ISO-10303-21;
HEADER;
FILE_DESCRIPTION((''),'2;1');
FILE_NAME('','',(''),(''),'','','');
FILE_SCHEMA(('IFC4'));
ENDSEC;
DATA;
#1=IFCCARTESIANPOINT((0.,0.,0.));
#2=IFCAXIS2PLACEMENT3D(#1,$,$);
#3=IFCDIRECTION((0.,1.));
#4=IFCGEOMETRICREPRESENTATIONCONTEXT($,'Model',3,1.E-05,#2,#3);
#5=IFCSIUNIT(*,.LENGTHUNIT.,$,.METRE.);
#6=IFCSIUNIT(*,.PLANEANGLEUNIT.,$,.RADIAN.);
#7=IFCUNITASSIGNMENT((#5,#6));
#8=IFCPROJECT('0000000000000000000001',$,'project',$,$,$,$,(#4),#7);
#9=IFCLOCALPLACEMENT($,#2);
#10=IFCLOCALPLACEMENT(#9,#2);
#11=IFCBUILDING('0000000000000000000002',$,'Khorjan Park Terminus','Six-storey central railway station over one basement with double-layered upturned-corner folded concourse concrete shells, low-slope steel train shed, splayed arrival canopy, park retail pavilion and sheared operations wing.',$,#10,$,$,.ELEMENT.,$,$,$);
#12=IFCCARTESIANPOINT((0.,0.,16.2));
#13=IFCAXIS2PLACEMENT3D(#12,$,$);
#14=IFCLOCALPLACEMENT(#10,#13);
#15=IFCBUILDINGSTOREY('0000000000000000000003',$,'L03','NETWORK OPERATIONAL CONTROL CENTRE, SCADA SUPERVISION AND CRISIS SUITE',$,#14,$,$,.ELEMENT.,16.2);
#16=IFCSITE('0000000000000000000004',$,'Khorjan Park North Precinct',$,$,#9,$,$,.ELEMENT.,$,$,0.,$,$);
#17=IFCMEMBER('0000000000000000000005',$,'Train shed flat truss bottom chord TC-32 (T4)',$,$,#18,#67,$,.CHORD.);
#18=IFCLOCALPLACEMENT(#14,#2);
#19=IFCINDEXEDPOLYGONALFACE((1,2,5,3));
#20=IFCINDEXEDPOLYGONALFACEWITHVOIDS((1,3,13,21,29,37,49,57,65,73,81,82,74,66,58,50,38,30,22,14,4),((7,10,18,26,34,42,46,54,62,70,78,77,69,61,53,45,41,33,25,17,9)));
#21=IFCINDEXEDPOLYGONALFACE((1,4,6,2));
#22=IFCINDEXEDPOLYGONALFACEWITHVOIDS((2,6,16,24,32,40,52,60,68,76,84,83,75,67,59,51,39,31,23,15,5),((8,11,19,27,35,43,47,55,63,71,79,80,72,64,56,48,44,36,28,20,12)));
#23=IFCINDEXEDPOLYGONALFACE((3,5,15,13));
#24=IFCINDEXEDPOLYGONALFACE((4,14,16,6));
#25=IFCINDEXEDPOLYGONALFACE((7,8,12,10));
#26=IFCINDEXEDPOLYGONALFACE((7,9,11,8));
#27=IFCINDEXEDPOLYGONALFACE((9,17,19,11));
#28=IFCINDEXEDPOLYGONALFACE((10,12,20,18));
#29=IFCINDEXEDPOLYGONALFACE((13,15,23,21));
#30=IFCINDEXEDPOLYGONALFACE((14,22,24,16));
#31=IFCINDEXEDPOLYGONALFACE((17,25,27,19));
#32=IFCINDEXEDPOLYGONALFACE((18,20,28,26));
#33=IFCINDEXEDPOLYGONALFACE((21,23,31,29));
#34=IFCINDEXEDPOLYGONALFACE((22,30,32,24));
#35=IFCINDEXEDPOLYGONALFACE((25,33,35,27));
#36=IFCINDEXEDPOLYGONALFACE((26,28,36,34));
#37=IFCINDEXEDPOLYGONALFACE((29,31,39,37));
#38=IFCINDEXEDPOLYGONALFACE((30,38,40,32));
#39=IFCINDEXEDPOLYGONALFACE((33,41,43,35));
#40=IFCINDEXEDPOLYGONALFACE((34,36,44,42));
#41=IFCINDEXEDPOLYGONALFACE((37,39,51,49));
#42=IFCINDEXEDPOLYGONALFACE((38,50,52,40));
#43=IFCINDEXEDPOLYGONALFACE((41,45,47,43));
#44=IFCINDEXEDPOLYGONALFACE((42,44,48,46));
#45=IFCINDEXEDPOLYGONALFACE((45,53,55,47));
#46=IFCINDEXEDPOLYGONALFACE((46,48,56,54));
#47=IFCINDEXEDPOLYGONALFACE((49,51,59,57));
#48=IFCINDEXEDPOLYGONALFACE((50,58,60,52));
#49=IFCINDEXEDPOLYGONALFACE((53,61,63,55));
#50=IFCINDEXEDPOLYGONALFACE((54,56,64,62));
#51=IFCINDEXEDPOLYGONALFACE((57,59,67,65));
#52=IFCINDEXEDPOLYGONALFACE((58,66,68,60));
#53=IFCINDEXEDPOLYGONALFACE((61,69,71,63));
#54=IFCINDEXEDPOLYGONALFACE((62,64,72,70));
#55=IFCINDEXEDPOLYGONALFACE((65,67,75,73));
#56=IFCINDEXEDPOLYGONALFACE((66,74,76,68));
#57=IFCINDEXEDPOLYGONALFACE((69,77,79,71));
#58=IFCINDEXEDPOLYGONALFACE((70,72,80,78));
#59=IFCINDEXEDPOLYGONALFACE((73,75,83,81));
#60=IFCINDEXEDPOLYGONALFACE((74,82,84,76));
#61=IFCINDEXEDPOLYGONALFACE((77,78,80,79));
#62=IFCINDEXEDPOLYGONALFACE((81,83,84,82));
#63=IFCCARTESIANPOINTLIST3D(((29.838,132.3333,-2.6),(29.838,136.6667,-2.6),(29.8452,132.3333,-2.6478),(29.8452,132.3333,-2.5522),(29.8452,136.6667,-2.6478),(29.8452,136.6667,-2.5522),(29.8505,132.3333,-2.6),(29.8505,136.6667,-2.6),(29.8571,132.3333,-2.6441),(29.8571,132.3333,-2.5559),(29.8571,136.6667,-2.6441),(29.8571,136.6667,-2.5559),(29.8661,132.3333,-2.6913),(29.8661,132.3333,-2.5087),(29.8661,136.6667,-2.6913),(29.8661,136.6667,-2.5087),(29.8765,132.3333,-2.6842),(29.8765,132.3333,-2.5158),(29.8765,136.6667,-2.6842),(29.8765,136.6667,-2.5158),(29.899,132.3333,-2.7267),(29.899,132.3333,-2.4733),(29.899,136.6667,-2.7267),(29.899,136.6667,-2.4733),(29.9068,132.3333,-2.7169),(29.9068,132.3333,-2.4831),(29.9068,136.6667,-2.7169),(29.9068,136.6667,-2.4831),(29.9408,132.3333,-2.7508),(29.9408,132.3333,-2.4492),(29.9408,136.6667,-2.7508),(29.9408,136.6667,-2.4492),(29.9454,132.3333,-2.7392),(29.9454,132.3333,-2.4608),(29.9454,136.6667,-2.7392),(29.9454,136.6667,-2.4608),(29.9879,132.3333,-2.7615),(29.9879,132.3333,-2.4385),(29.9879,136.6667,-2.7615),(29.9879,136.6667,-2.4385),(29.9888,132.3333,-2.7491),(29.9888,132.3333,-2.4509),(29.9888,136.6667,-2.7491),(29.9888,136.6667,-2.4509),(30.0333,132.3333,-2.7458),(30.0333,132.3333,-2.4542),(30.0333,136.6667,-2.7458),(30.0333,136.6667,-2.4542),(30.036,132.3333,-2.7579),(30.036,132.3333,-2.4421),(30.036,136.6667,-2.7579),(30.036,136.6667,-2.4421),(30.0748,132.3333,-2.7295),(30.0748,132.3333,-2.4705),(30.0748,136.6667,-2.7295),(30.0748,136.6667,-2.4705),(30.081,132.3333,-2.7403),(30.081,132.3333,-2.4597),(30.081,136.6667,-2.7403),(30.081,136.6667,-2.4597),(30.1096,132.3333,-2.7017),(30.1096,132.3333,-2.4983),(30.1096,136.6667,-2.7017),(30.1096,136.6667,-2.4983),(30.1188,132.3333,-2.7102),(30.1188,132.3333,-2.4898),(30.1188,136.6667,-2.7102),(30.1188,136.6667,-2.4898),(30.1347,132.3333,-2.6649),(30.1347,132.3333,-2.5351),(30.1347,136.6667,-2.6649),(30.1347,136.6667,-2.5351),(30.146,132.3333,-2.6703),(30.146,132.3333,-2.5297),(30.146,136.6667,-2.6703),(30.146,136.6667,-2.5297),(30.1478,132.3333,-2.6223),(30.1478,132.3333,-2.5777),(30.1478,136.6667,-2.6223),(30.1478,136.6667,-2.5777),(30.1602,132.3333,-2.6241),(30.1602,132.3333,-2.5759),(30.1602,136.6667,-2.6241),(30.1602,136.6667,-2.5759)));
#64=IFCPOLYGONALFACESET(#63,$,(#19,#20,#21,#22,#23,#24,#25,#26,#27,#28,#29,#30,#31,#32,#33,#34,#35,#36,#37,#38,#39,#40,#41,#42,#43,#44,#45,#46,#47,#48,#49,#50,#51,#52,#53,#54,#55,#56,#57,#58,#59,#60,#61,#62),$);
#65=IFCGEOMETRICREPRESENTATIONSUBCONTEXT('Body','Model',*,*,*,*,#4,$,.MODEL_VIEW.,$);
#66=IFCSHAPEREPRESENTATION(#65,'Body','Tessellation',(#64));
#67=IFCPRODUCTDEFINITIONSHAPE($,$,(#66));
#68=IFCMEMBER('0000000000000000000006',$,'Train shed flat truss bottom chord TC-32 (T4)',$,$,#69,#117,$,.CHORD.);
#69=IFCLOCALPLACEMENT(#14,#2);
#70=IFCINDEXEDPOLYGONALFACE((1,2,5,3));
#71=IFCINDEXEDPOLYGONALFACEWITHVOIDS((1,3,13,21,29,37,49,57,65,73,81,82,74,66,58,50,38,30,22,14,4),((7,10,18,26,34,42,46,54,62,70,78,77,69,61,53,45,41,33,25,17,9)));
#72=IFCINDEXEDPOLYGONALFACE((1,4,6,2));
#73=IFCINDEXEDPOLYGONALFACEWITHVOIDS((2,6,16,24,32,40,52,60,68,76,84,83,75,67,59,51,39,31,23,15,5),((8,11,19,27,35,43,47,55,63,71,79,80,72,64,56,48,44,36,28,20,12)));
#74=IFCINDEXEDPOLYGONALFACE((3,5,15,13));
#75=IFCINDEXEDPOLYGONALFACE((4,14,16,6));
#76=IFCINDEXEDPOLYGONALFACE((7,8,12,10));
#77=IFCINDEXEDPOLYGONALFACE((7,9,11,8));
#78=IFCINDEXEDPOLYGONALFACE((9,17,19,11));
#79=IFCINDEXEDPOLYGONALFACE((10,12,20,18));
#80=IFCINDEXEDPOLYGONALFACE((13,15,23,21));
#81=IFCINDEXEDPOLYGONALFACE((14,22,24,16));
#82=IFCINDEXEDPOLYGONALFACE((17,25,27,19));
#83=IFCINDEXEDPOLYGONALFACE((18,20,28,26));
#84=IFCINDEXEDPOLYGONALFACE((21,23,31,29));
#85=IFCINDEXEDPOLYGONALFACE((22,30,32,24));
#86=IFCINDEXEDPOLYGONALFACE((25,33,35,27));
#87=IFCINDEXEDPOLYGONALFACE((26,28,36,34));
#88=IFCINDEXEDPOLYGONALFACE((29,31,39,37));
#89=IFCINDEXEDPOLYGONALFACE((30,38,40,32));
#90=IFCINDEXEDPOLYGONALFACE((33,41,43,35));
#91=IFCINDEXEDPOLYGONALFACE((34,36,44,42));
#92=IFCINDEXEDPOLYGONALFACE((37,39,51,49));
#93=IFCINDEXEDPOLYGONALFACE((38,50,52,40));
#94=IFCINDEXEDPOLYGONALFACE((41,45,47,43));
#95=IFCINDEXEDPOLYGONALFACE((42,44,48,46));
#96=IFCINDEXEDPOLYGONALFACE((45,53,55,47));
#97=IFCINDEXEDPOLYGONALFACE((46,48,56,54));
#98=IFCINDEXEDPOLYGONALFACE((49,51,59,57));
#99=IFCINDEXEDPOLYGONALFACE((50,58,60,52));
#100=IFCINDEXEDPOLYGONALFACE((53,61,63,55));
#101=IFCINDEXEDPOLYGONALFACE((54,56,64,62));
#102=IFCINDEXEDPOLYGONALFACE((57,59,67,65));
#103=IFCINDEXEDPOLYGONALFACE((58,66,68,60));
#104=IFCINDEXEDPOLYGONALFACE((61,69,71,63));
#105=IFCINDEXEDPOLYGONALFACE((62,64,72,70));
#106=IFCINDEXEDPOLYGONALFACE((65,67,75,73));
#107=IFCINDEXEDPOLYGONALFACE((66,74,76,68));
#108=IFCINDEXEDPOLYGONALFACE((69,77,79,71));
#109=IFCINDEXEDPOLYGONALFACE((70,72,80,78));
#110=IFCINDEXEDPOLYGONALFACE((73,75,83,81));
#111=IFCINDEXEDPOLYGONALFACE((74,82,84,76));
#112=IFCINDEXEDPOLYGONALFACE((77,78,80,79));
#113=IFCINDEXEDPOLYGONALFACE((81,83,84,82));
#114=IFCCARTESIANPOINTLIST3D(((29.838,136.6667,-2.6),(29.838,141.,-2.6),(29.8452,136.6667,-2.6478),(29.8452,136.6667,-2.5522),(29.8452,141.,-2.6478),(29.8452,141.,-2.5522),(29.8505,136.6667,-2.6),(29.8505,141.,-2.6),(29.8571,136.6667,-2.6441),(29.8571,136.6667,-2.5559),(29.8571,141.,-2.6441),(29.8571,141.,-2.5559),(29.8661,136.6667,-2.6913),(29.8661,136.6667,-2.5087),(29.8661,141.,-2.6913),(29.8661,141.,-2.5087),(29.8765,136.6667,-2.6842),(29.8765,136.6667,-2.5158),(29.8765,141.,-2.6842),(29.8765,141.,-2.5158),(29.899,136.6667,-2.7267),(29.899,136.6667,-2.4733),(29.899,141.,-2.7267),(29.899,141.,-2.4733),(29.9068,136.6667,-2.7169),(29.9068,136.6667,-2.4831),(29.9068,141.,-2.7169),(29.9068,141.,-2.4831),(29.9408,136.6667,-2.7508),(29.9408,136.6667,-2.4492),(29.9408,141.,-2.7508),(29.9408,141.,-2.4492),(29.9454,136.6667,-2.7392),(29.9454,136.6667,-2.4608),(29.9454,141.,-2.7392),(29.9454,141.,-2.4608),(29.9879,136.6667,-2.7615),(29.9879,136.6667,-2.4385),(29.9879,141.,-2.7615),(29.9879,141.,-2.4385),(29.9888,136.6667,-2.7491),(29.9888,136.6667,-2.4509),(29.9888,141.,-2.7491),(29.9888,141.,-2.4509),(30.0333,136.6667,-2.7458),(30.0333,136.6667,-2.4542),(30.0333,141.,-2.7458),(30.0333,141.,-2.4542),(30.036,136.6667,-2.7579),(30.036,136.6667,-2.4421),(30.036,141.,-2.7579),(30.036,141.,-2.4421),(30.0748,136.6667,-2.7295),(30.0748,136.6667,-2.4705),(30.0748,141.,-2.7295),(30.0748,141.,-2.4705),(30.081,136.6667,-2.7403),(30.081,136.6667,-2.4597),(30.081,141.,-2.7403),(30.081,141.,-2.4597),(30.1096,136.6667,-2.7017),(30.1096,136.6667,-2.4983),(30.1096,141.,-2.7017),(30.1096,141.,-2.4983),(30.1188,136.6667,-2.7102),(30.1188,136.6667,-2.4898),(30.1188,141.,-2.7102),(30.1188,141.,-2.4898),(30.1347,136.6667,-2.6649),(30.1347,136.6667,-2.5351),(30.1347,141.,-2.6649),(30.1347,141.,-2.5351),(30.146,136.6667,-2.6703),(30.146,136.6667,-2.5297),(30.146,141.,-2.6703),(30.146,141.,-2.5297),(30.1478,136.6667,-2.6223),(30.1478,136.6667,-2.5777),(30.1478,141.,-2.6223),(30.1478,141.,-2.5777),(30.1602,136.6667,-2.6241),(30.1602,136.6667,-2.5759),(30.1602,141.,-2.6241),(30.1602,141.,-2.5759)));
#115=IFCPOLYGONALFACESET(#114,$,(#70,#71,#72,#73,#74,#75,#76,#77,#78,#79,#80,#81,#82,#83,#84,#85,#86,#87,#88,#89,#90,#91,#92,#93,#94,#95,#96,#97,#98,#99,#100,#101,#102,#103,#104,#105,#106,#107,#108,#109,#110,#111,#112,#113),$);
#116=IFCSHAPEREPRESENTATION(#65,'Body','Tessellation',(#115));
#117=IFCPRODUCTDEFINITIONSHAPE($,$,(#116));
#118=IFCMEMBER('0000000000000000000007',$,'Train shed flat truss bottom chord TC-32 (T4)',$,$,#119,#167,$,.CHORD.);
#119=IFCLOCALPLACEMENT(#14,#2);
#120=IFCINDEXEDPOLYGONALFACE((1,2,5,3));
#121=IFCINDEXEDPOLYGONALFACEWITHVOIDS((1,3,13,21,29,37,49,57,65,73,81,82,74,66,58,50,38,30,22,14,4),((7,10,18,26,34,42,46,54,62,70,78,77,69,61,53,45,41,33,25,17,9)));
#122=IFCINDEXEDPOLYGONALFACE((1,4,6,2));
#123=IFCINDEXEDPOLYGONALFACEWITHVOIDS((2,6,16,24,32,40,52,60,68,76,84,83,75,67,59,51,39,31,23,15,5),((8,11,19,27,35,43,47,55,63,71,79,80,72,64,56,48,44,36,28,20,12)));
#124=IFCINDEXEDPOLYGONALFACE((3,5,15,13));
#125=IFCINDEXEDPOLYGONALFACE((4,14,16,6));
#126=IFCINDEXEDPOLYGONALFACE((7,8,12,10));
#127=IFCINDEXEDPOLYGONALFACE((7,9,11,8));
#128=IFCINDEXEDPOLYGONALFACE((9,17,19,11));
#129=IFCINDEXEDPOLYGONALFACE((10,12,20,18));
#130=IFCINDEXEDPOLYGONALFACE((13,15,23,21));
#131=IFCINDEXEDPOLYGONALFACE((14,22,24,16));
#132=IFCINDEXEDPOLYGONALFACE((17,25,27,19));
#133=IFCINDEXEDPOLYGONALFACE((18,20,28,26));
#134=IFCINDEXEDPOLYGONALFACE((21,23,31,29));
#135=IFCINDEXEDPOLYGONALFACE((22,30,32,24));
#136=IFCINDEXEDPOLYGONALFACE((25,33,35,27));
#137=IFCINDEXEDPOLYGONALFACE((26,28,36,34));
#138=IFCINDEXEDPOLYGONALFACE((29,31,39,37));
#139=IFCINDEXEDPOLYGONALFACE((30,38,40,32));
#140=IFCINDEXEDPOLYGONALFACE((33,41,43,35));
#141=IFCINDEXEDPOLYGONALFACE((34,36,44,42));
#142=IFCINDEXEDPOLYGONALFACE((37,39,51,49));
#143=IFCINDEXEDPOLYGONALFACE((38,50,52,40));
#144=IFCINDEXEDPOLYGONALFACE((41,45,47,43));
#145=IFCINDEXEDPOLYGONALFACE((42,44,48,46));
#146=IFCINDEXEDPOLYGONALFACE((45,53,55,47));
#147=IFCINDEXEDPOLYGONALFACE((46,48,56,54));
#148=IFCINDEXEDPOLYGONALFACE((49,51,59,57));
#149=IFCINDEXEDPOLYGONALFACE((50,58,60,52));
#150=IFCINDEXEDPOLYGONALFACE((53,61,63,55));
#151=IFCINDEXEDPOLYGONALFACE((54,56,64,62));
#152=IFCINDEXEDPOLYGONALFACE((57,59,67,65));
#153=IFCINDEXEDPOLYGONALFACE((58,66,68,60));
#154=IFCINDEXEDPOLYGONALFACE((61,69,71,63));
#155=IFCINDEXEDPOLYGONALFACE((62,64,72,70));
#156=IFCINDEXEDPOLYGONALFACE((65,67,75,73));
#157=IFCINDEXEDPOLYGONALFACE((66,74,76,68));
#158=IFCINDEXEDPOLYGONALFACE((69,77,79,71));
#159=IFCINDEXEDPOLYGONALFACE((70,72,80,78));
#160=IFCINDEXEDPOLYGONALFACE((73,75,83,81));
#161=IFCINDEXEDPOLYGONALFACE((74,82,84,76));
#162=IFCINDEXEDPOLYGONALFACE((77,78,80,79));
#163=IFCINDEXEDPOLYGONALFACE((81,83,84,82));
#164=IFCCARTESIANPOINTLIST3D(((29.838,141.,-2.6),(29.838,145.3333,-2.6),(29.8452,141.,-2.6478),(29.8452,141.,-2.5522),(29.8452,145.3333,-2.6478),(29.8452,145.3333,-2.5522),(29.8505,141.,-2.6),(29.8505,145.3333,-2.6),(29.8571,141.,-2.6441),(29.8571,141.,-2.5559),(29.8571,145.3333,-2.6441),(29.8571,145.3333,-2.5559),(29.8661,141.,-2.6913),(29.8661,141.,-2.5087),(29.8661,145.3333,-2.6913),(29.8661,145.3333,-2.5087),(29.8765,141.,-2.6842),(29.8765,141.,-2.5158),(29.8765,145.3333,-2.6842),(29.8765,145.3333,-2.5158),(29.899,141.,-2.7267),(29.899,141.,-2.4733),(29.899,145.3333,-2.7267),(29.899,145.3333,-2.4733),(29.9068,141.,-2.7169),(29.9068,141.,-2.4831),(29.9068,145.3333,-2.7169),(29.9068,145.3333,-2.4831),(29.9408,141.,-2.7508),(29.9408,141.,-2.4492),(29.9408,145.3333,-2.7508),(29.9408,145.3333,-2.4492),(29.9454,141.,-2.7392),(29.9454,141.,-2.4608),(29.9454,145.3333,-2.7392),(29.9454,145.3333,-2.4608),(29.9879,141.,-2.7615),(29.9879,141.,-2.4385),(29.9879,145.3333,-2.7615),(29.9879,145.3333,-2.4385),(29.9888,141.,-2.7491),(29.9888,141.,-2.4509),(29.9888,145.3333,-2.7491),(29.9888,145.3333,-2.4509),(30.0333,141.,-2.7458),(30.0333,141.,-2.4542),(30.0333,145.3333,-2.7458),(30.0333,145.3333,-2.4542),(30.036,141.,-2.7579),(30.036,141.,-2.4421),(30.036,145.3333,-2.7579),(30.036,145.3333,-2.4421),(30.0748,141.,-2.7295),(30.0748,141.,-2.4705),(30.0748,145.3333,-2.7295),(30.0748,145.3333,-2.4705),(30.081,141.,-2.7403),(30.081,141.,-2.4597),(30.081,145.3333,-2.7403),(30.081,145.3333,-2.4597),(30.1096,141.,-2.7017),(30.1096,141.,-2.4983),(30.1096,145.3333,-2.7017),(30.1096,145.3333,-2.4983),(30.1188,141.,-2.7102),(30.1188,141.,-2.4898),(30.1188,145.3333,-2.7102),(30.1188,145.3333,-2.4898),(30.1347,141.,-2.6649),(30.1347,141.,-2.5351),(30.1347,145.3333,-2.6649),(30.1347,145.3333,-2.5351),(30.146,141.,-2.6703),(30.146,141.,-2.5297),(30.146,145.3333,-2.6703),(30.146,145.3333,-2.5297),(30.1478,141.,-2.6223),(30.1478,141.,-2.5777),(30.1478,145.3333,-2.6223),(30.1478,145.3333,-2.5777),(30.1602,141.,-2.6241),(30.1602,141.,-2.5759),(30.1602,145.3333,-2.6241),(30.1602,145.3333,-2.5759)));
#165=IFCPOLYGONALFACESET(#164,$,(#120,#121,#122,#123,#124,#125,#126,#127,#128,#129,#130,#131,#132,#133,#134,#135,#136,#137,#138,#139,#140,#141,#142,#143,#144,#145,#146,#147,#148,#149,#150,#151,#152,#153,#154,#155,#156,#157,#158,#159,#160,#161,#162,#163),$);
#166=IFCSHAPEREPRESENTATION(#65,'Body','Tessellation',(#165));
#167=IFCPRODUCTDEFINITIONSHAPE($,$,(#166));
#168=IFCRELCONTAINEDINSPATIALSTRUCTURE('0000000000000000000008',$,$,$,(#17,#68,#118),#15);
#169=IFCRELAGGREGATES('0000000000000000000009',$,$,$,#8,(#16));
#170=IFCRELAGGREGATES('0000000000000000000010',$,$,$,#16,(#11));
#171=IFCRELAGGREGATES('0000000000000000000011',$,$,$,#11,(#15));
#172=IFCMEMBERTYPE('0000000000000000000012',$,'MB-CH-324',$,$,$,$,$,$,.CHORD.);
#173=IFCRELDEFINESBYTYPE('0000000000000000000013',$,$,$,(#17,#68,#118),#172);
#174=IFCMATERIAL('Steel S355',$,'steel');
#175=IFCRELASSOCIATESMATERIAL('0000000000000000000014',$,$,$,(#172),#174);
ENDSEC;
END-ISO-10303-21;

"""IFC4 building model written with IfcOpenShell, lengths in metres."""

from ifc_helpers import new_model, si_unit, direction, frame, origin, origin_2d, place, context, subcontext, project, spatial, hollow_circle, extrude, material, material_profile, profile_set, type_object, element, save


model = new_model("IFC4")

# Units and contexts
model_context = context("Model", 3, precision=1e-05, world=origin(), true_north=direction((0.0, 1.0)))
body_context = subcontext(model_context, "Body", "Model", "MODEL_VIEW")
ifc_project = project(units=[si_unit("LENGTHUNIT", "METRE"), si_unit("PLANEANGLEUNIT", "RADIAN")], contexts=[model_context])

# Site, building, storey
site_placement = place(None, origin())
site = spatial("IfcSite", under=ifc_project, at=site_placement, Name="Khorjan Park North Precinct", CompositionType="ELEMENT", RefElevation=0.0)
building_placement = place(site_placement, origin())
building = spatial("IfcBuilding", under=site, at=building_placement, Name="Khorjan Park Terminus", Description="Six-storey central railway station over one basement with double-layered upturned-corner folded concourse concrete shells, low-slope steel train shed, splayed arrival canopy, park retail pavilion and sheared operations wing.", CompositionType="ELEMENT")
storey_placement = place(building_placement, frame((0.0, 0.0, 16.2)))
storey = spatial("IfcBuildingStorey", under=building, at=storey_placement, Name="L03", Description="NETWORK OPERATIONAL CONTROL CENTRE, SCADA SUPERVISION AND CRISIS SUITE", CompositionType="ELEMENT", Elevation=16.2)

# Members
ifc_material_1 = material(Name="Steel S355", Category="steel")
ifc_material_profile_1 = material_profile(ifc_material_1, hollow_circle(Radius=0.162, WallThickness=0.0125, at=origin_2d()), Name="CHS 323.9x12.5")
ifc_profile_set_1 = profile_set([ifc_material_profile_1], Name="Steel S355")
member_type_1 = type_object("IfcMemberType", Name="MB-CH-324", PredefinedType="CHORD", material=ifc_profile_set_1)
member_1_placement = place(storey_placement, frame((30.0, 132.3333, -2.6), z_axis=(0.0, 1.0, 0.0), x_axis=(-1.0, 0.0, 0.0)))
element("IfcMember", 1, at=member_1_placement, inside=storey, type_object=member_type_1, Name="Train shed flat truss bottom chord TC-32 (T4)", PredefinedType="CHORD", context=body_context, shape_type="SweptSolid", body=[
    extrude(hollow_circle(Radius=0.162, WallThickness=0.0125, at=origin_2d()), origin(), (0.0, 0.0, 1.0), 4.3334),
])
for number, where, z_axis, x_axis, name in (
    (2, (30.0, 136.6667, -2.6), (0.0, 1.0, 0.0), (-1.0, 0.0, 0.0), "Train shed flat truss bottom chord TC-32 (T4)"),
    (3, (30.0, 141.0, -2.6), (0.0, 1.0, 0.0), (-1.0, 0.0, 0.0), "Train shed flat truss bottom chord TC-32 (T4)"),
):
    element("IfcMember", number, at=place(storey_placement, frame(where, z_axis=z_axis, x_axis=x_axis)), inside=storey, type_object=member_type_1, Name=name, PredefinedType="CHORD", context=body_context, shape_type="SweptSolid", body=[
        extrude(hollow_circle(Radius=0.162, WallThickness=0.0125, at=origin_2d()), origin(), (0.0, 0.0, 1.0), 4.3333),
    ])

save(model, "model.ifc")
